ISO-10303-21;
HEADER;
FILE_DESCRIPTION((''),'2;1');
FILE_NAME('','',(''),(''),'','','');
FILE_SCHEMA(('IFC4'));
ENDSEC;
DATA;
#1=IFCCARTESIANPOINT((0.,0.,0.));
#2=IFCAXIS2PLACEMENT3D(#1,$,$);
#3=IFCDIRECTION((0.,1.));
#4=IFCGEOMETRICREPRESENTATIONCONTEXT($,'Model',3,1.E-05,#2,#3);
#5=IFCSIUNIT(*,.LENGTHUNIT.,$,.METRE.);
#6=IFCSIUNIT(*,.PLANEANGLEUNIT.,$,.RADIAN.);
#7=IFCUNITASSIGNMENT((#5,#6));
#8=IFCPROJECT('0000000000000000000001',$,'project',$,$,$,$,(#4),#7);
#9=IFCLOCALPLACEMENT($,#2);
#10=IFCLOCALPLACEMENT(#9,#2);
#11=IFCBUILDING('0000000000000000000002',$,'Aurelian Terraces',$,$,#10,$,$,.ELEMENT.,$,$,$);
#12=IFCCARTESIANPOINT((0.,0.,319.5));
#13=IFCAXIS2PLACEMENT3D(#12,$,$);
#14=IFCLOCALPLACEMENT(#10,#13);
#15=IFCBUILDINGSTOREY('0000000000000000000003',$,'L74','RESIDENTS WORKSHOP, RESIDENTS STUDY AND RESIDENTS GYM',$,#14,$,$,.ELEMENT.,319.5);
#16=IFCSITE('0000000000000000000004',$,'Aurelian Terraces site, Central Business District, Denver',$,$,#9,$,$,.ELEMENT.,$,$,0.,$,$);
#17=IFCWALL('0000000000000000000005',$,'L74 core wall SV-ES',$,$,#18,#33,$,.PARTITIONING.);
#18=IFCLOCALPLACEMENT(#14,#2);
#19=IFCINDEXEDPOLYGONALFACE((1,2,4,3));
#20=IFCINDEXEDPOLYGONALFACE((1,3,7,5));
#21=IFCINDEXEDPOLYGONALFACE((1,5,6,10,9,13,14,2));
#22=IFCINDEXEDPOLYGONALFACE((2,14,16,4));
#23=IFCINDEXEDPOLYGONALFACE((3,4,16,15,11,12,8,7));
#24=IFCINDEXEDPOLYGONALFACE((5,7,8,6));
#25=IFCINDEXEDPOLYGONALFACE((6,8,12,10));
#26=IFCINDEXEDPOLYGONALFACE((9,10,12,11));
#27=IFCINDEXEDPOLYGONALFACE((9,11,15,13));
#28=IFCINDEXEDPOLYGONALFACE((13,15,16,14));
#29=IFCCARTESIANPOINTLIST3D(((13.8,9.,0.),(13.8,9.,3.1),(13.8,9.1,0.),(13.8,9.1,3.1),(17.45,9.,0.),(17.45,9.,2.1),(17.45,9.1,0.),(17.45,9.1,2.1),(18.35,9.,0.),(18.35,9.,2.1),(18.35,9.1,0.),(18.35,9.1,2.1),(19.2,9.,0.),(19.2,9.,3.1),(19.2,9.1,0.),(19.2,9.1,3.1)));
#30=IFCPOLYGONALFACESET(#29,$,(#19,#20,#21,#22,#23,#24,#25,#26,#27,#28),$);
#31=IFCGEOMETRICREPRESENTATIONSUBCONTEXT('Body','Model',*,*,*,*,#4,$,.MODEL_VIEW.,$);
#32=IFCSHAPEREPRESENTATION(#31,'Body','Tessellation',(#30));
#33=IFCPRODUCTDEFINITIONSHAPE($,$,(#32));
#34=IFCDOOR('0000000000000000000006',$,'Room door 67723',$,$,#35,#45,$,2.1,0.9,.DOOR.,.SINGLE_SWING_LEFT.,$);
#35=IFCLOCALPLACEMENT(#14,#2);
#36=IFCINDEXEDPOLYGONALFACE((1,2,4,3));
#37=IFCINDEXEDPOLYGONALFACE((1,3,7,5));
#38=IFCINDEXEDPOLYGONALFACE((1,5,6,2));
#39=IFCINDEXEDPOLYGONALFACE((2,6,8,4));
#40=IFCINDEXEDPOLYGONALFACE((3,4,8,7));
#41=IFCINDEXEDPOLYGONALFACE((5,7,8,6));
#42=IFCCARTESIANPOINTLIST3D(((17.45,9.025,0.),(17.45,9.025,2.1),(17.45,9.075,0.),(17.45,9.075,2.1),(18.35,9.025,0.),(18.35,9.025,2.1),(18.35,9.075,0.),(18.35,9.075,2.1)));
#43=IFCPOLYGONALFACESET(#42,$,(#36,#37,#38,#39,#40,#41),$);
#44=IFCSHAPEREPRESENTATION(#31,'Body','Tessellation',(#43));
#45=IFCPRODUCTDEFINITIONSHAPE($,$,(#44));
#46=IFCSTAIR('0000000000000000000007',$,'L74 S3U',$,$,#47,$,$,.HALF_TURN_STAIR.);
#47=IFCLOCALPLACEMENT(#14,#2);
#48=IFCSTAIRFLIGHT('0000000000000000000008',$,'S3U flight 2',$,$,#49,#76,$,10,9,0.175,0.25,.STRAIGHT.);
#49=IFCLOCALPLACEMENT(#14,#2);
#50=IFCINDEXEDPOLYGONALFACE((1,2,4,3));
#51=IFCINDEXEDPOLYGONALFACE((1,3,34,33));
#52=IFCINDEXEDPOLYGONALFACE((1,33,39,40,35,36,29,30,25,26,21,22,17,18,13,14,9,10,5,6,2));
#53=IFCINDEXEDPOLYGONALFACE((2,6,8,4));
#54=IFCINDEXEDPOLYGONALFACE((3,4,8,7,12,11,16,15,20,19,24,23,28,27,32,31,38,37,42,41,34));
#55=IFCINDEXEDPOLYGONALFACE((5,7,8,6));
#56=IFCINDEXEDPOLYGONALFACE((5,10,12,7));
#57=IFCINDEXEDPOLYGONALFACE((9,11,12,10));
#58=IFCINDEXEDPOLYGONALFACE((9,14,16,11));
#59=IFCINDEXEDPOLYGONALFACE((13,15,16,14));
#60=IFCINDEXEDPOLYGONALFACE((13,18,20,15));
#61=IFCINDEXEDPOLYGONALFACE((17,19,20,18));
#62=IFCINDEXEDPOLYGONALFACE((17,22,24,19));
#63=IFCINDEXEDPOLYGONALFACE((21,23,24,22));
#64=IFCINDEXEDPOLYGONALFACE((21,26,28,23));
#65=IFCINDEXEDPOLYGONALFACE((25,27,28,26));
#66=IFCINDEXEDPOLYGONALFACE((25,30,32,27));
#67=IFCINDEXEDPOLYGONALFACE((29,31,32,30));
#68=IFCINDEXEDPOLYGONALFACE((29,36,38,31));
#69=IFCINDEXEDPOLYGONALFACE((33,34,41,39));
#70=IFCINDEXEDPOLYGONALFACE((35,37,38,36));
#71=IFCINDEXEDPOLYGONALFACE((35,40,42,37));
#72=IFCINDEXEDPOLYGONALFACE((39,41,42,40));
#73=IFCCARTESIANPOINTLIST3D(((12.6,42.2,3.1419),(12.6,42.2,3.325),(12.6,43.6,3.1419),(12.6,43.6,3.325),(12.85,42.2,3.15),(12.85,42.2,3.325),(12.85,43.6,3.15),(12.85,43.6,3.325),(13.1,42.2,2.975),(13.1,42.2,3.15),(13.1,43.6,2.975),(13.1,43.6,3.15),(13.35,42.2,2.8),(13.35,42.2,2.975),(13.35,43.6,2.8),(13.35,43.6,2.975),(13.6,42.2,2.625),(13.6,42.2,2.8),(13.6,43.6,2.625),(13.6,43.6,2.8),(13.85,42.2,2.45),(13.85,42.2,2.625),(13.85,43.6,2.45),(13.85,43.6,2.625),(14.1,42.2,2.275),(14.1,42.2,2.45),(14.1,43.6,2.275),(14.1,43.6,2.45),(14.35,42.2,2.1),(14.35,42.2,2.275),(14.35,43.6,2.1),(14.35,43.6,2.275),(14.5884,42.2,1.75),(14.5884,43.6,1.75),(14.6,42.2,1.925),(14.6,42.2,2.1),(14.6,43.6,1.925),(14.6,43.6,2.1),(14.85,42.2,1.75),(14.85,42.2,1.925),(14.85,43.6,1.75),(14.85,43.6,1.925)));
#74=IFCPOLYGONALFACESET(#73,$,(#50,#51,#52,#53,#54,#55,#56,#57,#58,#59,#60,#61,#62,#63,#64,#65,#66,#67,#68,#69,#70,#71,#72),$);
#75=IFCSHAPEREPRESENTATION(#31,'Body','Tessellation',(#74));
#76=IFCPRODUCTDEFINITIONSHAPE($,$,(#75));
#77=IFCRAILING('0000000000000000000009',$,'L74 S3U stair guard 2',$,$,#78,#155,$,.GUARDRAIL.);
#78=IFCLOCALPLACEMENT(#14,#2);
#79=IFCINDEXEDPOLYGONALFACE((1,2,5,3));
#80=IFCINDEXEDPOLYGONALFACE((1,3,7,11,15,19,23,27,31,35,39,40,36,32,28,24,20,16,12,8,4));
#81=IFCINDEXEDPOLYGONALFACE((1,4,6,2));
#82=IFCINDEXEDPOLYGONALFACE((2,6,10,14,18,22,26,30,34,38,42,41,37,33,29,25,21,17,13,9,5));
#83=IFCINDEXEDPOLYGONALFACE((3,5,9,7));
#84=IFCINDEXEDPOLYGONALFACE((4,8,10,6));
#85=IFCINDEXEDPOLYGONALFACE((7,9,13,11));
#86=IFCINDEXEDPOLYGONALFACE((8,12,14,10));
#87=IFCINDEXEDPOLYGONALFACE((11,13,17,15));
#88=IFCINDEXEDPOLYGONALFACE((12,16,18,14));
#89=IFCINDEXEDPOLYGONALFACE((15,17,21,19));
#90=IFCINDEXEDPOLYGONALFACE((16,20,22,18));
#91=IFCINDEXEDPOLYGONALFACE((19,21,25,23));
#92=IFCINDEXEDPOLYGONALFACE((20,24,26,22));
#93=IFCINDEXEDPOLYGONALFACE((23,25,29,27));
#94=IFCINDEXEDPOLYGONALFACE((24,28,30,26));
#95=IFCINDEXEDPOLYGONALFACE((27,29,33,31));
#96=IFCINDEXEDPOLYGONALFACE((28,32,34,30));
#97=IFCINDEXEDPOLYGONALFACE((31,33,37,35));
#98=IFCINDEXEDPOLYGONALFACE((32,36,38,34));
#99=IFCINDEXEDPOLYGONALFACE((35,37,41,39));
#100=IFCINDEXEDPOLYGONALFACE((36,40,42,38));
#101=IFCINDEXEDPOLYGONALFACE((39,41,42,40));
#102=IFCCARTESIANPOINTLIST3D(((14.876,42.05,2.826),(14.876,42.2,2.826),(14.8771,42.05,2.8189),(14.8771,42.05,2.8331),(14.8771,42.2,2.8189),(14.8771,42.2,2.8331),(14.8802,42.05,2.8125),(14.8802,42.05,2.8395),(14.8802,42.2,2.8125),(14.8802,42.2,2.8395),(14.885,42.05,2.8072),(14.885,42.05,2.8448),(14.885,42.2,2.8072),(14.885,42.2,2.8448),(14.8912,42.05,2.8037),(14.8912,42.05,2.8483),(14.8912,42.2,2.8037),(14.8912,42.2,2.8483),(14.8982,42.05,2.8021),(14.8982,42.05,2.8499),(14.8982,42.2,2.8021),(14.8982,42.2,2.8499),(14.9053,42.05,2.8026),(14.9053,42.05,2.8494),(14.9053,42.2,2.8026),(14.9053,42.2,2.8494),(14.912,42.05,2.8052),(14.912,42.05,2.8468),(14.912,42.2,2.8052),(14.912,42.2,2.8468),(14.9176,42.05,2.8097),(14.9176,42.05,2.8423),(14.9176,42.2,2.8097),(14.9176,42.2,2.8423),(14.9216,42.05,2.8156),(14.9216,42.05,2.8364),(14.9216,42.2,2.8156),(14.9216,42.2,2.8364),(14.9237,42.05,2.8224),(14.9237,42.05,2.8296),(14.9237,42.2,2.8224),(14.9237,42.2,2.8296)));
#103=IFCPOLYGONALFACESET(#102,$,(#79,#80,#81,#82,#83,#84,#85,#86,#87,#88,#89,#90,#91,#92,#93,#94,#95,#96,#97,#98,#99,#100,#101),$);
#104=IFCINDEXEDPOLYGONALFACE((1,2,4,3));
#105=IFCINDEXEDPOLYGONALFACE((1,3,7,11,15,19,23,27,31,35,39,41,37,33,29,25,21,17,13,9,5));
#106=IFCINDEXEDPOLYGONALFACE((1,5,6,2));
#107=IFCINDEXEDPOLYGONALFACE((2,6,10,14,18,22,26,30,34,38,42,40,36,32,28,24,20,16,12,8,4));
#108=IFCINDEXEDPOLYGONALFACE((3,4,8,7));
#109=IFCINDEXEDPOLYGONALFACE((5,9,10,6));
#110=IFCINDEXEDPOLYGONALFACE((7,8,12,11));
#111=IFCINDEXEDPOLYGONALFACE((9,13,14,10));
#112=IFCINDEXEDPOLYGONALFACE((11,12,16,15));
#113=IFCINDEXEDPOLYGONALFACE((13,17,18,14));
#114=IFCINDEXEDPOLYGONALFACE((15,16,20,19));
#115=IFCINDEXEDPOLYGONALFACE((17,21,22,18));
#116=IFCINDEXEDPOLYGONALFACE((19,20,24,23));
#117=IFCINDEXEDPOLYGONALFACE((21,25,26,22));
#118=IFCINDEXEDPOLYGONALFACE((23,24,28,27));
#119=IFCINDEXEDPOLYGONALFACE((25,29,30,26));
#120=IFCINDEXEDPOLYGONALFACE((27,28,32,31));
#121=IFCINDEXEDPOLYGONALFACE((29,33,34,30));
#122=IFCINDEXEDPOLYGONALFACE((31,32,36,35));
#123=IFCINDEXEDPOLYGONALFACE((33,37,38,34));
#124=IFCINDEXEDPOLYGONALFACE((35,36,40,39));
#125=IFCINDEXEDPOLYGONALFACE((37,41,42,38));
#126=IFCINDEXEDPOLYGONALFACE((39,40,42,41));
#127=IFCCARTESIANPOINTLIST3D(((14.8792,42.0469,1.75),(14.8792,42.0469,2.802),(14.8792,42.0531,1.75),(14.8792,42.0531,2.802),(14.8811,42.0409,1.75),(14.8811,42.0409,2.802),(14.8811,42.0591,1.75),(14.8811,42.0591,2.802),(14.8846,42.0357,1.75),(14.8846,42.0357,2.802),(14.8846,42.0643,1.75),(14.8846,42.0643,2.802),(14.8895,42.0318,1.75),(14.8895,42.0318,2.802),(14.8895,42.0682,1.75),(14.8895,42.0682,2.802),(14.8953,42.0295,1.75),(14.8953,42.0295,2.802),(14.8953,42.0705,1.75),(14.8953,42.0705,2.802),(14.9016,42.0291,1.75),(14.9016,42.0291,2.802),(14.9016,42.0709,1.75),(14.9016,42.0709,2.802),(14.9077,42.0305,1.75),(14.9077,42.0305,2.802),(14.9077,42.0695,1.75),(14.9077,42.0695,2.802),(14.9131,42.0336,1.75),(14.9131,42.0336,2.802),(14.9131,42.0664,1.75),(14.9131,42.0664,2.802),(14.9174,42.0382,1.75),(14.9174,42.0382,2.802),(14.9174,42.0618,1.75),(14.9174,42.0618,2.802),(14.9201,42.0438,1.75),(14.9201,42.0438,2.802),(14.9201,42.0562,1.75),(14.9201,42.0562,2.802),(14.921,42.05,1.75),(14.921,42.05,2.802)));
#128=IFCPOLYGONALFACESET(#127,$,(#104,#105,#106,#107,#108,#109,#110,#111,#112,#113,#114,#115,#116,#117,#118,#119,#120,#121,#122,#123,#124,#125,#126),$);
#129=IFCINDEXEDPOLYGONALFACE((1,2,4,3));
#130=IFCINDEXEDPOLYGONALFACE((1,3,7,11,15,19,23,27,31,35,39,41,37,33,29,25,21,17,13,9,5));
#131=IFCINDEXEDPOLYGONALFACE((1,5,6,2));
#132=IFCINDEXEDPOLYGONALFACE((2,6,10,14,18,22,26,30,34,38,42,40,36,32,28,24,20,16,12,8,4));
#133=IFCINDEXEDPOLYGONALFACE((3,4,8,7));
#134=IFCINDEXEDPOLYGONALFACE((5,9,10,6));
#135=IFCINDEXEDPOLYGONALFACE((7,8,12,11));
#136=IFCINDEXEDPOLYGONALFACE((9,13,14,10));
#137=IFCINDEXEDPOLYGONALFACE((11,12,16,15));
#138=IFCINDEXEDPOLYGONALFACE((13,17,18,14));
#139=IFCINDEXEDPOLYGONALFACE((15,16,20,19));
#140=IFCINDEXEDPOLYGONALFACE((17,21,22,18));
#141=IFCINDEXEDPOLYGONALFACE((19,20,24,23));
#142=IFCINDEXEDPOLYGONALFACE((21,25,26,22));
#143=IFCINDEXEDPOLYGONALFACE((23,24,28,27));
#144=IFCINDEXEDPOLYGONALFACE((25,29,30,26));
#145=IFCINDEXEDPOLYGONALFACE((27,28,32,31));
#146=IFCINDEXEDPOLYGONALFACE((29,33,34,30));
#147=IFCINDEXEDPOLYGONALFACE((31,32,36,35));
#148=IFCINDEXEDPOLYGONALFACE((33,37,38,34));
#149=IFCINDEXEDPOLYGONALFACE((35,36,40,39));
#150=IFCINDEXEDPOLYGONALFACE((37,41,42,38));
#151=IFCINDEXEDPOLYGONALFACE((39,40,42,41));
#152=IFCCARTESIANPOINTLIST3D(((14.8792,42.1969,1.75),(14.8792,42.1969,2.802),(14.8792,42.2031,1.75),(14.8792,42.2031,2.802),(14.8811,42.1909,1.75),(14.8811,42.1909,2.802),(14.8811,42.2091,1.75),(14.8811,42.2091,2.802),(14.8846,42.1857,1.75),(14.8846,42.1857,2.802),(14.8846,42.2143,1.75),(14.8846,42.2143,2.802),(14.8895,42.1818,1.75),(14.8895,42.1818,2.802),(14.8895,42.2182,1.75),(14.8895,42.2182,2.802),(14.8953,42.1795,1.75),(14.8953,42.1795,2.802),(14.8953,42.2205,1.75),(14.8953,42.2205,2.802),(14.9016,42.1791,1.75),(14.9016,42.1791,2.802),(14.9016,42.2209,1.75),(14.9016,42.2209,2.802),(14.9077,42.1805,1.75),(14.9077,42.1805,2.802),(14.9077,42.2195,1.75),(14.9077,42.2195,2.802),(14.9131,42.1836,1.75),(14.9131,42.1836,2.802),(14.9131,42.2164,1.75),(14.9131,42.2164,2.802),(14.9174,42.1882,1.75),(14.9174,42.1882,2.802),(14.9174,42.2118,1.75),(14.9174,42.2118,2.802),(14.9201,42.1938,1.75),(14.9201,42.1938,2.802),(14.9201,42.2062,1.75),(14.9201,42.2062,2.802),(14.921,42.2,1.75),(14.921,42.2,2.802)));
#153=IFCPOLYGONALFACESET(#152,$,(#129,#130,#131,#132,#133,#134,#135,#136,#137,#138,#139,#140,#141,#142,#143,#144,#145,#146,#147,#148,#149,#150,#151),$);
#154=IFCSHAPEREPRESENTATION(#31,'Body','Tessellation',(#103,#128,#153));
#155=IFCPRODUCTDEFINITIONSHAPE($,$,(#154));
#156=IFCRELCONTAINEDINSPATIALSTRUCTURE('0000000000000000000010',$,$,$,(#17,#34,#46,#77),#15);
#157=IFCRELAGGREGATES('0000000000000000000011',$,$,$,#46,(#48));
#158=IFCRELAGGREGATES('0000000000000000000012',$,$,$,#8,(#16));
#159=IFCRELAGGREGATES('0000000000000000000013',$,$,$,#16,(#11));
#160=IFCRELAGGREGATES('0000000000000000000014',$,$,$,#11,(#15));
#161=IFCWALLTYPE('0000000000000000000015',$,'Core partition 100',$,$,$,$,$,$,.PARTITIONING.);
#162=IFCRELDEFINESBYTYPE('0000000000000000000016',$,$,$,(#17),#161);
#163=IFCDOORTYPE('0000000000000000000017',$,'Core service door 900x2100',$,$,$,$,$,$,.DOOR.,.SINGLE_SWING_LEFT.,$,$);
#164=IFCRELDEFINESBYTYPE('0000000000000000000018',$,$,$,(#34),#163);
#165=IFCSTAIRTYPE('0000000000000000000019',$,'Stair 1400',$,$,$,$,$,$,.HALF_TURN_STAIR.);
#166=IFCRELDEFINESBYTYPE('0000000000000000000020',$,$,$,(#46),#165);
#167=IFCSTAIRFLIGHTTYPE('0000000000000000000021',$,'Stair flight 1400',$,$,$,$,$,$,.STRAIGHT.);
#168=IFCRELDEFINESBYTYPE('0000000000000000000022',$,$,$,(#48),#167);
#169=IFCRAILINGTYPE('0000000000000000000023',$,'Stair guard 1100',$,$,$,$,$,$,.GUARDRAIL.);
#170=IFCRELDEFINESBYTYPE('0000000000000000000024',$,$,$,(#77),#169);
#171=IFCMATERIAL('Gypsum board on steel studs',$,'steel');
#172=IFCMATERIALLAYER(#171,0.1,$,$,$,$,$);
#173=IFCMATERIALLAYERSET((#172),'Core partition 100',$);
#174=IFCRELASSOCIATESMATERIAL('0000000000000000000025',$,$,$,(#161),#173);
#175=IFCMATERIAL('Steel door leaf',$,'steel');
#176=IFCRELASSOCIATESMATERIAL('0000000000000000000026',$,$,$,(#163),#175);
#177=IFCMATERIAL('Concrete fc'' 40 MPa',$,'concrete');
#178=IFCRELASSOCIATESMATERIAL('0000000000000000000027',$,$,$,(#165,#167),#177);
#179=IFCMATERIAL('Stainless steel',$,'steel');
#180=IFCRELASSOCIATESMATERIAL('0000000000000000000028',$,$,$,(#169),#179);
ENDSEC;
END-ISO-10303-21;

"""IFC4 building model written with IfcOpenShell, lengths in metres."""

from ifc_helpers import new_model, si_unit, direction, frame, frame_2d, origin, origin_2d, place, context, subcontext, project, spatial, polyline, rectangle, circle, outline, extrude, source, transform, mapped, material, layer, layer_set, type_object, element, fill, aggregate, save


model = new_model("IFC4")

# Units and contexts
model_context = context("Model", 3, precision=1e-05, world=origin(), true_north=direction((0.0, 1.0)))
body_context = subcontext(model_context, "Body", "Model", "MODEL_VIEW")
ifc_project = project(units=[si_unit("LENGTHUNIT", "METRE"), si_unit("PLANEANGLEUNIT", "RADIAN")], contexts=[model_context])

# Site, building, storey
site_placement = place(None, origin())
site = spatial("IfcSite", under=ifc_project, at=site_placement, Name="Aurelian Terraces site, Central Business District, Denver", CompositionType="ELEMENT", RefElevation=0.0)
building_placement = place(site_placement, origin())
building = spatial("IfcBuilding", under=site, at=building_placement, Name="Aurelian Terraces", CompositionType="ELEMENT")
storey_placement = place(building_placement, frame((0.0, 0.0, 319.5)))
storey = spatial("IfcBuildingStorey", under=building, at=storey_placement, Name="L74", Description="RESIDENTS WORKSHOP, RESIDENTS STUDY AND RESIDENTS GYM", CompositionType="ELEMENT", Elevation=319.5)

# Shared definitions
ifc_material_1 = material(Name="Concrete fc' 40 MPa", Category="concrete")
ifc_material_2 = material(Name="Gypsum board on steel studs", Category="steel")

# Shared definitions
ifc_material_3 = material(Name="Steel door leaf", Category="steel")
shared_shape_1 = source(origin(), body_context, "Body", "SweptSolid", [
    extrude(rectangle(XDim=0.9, YDim=2.1, at=frame_2d((0.45, 1.05))), frame((0.0, 0.025, 0.0), z_axis=(0.0, -1.0, 0.0), x_axis=(1.0, 0.0, 0.0)), (0.0, 0.0, 1.0), 0.05),
])

# Shared definitions
ifc_layer_1 = layer(ifc_material_2, 0.1)
ifc_layer_set_1 = layer_set([ifc_layer_1], Name="Core partition 100")
wall_type_1 = type_object("IfcWallType", Name="Core partition 100", PredefinedType="PARTITIONING", material=ifc_layer_set_1)

# Shared definitions
shared_shape_2 = source(origin(), body_context, "Body", "SweptSolid", [
    extrude(rectangle(XDim=0.9, YDim=2.1, at=frame_2d((0.45, 1.05))), frame((0.0, 0.06, 0.0), z_axis=(0.0, -1.0, 0.0), x_axis=(1.0, 0.0, 0.0)), (0.0, 0.0, 1.0), 0.12),
])

# Wall, opening, door
shared_shape_3 = source(origin(), body_context, "Body", "SweptSolid", [
    extrude(rectangle(XDim=5.4, YDim=0.1, at=frame_2d((2.7, 0.0))), origin(), (0.0, 0.0, 1.0), 3.1),
])
wall_1_placement = place(storey_placement, frame((13.8, 9.05, 0.0), z_axis=(0.0, 0.0, 1.0), x_axis=(1.0, 0.0, 0.0)))
wall_1 = element("IfcWall", 1, at=wall_1_placement, inside=storey, type_object=wall_type_1, Name="L74 core wall SV-ES", PredefinedType="PARTITIONING", context=body_context, shape_type="MappedRepresentation", body=[
    mapped(shared_shape_3, transform((0.0, 0.0, 0.0), scale=1.0)),
])
opening_1_placement = place(wall_1_placement, frame((3.65, 0.0, 0.0)))
opening_1 = element("IfcOpeningElement", 2, at=opening_1_placement, cuts=wall_1, PredefinedType="OPENING", context=body_context, shape_type="MappedRepresentation", body=[
    mapped(shared_shape_2, transform((0.0, 0.0, 0.0), scale=1.0)),
])
door_type_1 = type_object("IfcDoorType", Name="Core service door 900x2100", OperationType="SINGLE_SWING_LEFT", PredefinedType="DOOR", material=ifc_material_3)
door_1_placement = place(opening_1_placement, origin())
door_1 = element("IfcDoor", 3, at=door_1_placement, inside=storey, type_object=door_type_1, Name="Room door 67723", OperationType="SINGLE_SWING_LEFT", OverallHeight=2.1, OverallWidth=0.9, PredefinedType="DOOR", context=body_context, shape_type="MappedRepresentation", body=[
    mapped(shared_shape_1, transform((0.0, 0.0, 0.0), scale=1.0)),
])
fill(opening_1, door_1)

# Stair, stair flight
stair_type = type_object("IfcStairType", Name="Stair 1400", PredefinedType="HALF_TURN_STAIR", material=ifc_material_1)
stair_placement = place(storey_placement, origin())
stair = element("IfcStair", 4, at=stair_placement, inside=storey, type_object=stair_type, Name="L74 S3U", PredefinedType="HALF_TURN_STAIR")
stair_flight_type = type_object("IfcStairFlightType", Name="Stair flight 1400", PredefinedType="STRAIGHT", material=ifc_material_1)
shared_shape_4 = source(origin(), body_context, "Body", "SweptSolid", [
    extrude(outline(polyline([(0.0, 0.0), (0.0, 0.175), (0.25, 0.175), (0.25, 0.35), (0.5, 0.35), (0.5, 0.525), (0.75, 0.525), (0.75, 0.7), (1.0, 0.7), (1.0, 0.875), (1.25, 0.875), (1.25, 1.05), (1.5, 1.05), (1.5, 1.225), (1.75, 1.225), (1.75, 1.4), (2.0, 1.4), (2.0, 1.575), (2.25, 1.575), (2.25, 1.75), (2.25, 1.3919), (0.2616, 0.0), (0.0, 0.0)])), frame((0.0, 0.7, 0.0), z_axis=(0.0, -1.0, 0.0), x_axis=(1.0, 0.0, 0.0)), (0.0, 0.0, 1.0), 1.4),
])
stair_flight_placement = place(storey_placement, frame((14.85, 42.9, 1.75), z_axis=(0.0, 0.0, 1.0), x_axis=(-1.0, 0.0, 0.0)))
stair_flight = element("IfcStairFlight", 5, at=stair_flight_placement, type_object=stair_flight_type, Name="S3U flight 2", NumberOfRisers=10, NumberOfTreads=9, PredefinedType="STRAIGHT", RiserHeight=0.175, TreadLength=0.25, context=body_context, shape_type="MappedRepresentation", body=[
    mapped(shared_shape_4, transform((0.0, 0.0, 0.0), scale=1.0)),
])
aggregate(stair, [stair_flight])

# Railing
ifc_material_4 = material(Name="Stainless steel", Category="steel")
railing_type_1 = type_object("IfcRailingType", Name="Stair guard 1100", PredefinedType="GUARDRAIL", material=ifc_material_4)
shared_shape_5 = source(origin(), body_context, "Body", "SweptSolid", [
    extrude(circle(Radius=0.024, at=origin_2d()), frame((0.0, 0.0, 1.076), z_axis=(0.0, 1.0, 0.0), x_axis=(-1.0, 0.0, 0.0)), (0.0, 0.0, 1.0), 0.15),
    extrude(circle(Radius=0.021, at=origin_2d()), origin(), (0.0, 0.0, 1.0), 1.052),
    extrude(circle(Radius=0.021, at=origin_2d()), frame((0.0, 0.15, 0.0)), (0.0, 0.0, 1.0), 1.052),
])
railing_1_placement = place(storey_placement, frame((14.9, 42.05, 1.75)))
element("IfcRailing", 6, at=railing_1_placement, inside=storey, type_object=railing_type_1, Name="L74 S3U stair guard 2", PredefinedType="GUARDRAIL", context=body_context, shape_type="MappedRepresentation", body=[
    mapped(shared_shape_5, transform((0.0, 0.0, 0.0), scale=1.0)),
])

save(model, "model.ifc")
